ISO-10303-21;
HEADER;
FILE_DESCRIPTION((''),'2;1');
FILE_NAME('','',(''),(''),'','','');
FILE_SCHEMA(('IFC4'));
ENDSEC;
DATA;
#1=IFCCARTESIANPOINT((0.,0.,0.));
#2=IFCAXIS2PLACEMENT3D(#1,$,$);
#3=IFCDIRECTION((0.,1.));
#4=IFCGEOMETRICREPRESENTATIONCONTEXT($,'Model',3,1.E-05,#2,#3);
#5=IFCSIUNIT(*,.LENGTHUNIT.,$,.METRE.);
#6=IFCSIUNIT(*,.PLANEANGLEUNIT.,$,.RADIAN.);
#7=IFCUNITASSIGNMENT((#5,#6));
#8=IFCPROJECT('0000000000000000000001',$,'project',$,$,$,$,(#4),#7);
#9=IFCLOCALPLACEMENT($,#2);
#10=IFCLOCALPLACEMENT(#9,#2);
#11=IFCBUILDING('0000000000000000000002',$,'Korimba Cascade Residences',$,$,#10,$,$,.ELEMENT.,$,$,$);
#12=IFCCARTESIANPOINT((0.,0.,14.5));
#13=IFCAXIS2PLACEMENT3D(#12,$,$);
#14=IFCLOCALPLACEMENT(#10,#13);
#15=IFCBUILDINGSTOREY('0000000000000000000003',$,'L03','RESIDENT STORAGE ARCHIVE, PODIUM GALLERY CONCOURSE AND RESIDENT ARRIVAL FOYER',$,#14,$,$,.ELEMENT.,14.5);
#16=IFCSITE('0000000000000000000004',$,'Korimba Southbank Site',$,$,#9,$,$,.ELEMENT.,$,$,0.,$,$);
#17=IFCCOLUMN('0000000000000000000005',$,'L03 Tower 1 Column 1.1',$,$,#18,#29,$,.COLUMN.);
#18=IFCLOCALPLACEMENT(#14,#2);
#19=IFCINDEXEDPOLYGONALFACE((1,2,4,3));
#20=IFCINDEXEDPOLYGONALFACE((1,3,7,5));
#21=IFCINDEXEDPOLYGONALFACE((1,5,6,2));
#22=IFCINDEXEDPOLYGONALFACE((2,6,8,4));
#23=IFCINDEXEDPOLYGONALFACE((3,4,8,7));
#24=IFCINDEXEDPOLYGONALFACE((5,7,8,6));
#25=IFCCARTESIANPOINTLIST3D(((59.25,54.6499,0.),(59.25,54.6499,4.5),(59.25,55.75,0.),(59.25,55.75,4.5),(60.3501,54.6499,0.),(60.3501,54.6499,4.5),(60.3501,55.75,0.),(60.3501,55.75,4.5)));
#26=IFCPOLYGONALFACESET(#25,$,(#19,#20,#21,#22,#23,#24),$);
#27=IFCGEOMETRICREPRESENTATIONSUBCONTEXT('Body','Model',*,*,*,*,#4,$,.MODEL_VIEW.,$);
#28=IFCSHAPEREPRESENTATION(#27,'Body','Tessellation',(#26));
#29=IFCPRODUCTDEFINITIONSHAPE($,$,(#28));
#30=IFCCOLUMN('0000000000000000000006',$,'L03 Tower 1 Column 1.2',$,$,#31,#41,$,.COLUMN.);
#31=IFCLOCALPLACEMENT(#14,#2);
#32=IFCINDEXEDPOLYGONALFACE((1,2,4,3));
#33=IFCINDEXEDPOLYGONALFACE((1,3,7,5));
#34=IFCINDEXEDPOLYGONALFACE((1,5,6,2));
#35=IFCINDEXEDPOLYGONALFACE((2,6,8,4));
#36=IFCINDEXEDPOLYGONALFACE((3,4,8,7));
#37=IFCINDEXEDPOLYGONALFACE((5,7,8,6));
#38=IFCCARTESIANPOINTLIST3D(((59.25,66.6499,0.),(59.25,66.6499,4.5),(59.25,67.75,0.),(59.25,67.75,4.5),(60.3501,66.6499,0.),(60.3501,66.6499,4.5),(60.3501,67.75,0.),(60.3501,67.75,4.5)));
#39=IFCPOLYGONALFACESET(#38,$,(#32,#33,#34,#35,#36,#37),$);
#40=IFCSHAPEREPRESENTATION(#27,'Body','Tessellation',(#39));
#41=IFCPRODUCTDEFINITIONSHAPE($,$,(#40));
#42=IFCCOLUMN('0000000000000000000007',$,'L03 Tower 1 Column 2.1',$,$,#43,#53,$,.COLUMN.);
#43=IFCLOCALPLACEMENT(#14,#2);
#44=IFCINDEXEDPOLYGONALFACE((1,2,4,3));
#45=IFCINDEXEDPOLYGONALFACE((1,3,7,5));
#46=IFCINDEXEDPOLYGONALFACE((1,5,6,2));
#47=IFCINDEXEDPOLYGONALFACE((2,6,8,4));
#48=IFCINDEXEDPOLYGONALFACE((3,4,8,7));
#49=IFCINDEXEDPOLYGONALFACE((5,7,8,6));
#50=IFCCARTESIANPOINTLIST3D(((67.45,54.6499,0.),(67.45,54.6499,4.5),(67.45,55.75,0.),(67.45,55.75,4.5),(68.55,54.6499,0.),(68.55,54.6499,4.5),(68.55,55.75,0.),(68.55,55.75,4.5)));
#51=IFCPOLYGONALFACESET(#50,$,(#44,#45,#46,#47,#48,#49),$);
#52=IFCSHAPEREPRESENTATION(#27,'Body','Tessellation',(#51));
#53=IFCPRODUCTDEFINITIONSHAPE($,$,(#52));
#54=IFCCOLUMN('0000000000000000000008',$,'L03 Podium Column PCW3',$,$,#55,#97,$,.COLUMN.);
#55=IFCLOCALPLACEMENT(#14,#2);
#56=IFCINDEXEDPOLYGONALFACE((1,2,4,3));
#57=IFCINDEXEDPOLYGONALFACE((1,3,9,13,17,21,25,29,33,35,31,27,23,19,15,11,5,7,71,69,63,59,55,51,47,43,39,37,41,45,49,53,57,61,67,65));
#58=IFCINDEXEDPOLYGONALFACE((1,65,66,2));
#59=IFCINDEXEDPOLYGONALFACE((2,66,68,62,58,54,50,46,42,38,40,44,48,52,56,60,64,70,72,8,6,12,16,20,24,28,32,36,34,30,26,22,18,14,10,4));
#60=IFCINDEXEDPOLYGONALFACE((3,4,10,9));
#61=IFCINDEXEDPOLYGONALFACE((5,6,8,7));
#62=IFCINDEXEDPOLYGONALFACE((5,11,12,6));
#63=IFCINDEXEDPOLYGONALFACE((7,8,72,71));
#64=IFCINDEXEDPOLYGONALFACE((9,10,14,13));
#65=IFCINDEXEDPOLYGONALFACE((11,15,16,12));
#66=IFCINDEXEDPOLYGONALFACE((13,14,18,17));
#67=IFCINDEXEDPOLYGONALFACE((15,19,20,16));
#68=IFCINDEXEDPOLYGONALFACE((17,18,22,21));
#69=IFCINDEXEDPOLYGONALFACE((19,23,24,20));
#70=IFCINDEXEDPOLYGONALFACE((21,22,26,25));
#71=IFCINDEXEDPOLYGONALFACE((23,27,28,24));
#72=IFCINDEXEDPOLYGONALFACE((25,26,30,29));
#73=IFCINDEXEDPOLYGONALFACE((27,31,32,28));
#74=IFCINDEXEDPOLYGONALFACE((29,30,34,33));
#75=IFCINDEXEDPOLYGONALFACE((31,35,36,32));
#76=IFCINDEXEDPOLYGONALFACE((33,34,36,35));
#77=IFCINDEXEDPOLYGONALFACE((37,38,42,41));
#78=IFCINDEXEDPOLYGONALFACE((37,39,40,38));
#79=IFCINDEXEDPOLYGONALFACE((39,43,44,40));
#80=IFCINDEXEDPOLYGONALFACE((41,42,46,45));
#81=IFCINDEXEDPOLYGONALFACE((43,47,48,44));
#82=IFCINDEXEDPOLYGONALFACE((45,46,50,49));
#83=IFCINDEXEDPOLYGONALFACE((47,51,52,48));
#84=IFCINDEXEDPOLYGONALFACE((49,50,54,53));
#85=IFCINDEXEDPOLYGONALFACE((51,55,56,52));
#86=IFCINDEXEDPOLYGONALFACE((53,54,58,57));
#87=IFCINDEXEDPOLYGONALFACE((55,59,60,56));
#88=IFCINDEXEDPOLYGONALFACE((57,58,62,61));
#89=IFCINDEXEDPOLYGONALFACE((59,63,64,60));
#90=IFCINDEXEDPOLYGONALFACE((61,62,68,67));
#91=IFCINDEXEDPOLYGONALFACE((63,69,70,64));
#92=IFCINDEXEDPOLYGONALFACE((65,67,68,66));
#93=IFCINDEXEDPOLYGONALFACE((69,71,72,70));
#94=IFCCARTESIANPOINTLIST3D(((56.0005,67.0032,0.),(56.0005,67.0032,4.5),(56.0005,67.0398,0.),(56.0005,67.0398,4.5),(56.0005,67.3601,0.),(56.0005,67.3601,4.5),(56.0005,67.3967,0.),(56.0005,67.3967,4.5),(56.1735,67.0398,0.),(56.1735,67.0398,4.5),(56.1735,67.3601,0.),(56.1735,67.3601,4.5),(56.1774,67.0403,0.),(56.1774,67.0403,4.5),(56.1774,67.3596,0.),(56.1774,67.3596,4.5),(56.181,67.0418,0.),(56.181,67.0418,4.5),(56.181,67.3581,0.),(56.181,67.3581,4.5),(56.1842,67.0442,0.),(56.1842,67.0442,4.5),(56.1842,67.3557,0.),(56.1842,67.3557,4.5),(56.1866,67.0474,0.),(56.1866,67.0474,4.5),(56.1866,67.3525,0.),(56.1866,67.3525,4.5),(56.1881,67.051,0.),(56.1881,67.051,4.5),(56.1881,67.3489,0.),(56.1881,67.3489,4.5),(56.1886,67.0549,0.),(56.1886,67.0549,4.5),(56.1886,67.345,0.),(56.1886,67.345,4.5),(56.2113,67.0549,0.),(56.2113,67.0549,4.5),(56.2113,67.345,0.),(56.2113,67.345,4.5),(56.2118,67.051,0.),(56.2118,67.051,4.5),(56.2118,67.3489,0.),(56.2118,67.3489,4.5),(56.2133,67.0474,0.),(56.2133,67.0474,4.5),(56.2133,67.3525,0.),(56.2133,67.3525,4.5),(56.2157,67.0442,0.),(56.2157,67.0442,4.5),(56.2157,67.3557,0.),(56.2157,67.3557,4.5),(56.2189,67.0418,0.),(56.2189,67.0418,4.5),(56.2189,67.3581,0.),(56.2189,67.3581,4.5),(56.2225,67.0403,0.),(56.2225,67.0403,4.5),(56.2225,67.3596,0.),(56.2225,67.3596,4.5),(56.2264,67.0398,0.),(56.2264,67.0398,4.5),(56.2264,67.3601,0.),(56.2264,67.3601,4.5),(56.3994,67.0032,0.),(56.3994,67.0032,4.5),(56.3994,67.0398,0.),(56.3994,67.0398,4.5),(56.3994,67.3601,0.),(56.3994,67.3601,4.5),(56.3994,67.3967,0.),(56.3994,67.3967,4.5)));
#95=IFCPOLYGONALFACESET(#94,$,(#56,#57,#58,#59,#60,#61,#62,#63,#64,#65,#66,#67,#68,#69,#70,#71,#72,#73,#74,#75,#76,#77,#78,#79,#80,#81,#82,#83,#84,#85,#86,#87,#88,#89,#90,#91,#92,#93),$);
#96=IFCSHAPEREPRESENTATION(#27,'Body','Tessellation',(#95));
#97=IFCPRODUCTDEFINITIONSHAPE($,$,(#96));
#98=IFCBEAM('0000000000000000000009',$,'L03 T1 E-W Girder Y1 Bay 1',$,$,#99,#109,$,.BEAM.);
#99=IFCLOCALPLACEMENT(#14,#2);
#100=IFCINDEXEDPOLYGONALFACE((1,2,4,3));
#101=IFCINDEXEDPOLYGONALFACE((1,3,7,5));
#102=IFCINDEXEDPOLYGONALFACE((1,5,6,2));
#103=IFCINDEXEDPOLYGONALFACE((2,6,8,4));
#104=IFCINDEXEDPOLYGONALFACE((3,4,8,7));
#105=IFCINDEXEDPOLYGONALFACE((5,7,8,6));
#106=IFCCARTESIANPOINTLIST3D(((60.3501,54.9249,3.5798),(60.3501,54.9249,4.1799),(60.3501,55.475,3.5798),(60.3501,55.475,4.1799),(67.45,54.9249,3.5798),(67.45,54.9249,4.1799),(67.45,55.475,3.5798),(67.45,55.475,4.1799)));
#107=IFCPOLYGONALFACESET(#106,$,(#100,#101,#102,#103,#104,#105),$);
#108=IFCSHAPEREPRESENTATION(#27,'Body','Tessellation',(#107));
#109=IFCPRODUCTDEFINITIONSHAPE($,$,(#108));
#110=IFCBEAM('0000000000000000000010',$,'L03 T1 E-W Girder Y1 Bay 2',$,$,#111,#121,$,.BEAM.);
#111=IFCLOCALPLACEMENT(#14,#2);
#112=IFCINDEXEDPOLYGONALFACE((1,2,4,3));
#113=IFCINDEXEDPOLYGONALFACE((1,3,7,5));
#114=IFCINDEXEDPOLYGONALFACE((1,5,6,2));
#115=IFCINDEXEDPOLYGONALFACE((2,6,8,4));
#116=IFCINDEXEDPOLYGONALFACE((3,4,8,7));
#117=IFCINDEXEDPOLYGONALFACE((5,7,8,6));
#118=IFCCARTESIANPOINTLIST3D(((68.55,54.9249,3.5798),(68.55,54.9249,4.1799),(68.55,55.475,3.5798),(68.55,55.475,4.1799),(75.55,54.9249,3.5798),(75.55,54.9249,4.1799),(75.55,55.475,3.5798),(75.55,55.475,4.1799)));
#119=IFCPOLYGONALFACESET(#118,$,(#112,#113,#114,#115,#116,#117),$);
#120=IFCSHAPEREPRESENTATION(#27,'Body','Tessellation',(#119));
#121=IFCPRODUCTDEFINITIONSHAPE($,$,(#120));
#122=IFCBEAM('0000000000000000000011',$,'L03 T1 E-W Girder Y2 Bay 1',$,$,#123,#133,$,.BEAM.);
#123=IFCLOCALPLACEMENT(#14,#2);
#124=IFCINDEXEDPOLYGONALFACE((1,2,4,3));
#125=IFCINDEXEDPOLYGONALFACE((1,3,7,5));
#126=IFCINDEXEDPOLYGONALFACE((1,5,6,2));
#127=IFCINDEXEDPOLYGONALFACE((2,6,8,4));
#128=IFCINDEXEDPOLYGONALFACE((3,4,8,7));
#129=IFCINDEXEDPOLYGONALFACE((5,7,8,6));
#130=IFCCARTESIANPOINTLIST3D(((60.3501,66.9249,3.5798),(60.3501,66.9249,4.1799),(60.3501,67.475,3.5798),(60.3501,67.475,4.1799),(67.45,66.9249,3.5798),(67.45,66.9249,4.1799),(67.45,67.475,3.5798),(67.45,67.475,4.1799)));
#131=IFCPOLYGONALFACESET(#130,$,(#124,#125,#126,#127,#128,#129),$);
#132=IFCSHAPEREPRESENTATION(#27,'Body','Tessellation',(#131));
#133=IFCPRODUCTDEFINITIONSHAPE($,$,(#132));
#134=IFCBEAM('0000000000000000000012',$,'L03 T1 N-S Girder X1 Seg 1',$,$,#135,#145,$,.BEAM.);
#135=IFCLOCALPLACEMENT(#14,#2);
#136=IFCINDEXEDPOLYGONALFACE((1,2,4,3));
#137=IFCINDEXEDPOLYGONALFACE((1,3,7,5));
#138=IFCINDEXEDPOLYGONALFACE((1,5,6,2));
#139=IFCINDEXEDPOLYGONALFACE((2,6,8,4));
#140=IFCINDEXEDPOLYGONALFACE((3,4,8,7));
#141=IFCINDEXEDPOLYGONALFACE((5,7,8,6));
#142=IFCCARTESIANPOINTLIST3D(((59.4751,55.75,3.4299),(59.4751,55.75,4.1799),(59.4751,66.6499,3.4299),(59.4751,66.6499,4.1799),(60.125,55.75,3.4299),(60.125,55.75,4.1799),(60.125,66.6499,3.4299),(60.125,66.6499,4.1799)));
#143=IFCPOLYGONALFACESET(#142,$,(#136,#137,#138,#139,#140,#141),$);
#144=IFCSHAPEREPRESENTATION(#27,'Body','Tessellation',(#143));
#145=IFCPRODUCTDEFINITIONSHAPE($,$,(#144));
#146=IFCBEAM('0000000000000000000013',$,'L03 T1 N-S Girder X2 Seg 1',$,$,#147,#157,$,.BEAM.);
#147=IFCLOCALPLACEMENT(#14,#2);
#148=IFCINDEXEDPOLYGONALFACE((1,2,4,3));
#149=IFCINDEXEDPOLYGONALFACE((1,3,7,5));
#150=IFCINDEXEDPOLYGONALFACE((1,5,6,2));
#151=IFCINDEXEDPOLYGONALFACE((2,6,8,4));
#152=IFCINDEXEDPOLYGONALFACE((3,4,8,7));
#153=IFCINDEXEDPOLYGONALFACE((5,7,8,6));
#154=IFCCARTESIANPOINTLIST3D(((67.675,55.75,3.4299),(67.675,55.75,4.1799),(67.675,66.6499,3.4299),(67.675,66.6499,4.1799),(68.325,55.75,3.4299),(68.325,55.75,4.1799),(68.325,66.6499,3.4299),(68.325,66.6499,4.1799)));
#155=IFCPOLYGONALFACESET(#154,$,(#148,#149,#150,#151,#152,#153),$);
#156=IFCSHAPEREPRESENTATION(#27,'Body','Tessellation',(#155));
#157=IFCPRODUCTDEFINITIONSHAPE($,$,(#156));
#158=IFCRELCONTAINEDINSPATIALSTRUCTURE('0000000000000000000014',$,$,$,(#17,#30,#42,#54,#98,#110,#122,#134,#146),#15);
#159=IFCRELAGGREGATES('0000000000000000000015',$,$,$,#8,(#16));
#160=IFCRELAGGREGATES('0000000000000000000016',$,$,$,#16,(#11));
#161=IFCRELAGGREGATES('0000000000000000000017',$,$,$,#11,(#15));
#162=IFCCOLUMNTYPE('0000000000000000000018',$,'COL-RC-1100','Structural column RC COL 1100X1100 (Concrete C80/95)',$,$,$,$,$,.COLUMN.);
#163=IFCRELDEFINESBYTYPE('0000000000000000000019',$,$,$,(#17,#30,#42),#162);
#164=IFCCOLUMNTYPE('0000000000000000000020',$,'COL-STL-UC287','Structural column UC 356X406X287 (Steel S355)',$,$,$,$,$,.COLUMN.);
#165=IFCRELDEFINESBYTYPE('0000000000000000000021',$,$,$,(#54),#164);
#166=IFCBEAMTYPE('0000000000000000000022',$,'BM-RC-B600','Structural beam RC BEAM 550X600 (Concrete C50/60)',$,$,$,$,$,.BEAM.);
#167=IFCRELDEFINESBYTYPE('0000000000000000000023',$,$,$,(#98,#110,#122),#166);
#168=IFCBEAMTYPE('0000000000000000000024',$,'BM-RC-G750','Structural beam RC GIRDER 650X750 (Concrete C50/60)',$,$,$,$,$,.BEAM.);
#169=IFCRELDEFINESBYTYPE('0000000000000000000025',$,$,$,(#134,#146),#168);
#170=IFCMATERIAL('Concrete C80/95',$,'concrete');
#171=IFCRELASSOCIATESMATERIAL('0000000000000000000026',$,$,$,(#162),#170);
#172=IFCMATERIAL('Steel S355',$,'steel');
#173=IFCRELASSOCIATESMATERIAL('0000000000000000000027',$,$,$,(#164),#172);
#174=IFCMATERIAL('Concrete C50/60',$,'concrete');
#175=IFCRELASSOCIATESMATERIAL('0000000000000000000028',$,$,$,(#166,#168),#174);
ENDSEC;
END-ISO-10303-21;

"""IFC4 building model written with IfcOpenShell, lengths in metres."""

from ifc_helpers import new_model, si_unit, direction, frame, origin, origin_2d, place, context, subcontext, project, spatial, rectangle, i_section, extrude, material, material_profile, profile_set, type_object, element, save


model = new_model("IFC4")

# Units and contexts
model_context = context("Model", 3, precision=1e-05, world=origin(), true_north=direction((0.0, 1.0)))
body_context = subcontext(model_context, "Body", "Model", "MODEL_VIEW")
ifc_project = project(units=[si_unit("LENGTHUNIT", "METRE"), si_unit("PLANEANGLEUNIT", "RADIAN")], contexts=[model_context])

# Site, building, storey
site_placement = place(None, origin())
site = spatial("IfcSite", under=ifc_project, at=site_placement, Name="Korimba Southbank Site", CompositionType="ELEMENT", RefElevation=0.0)
building_placement = place(site_placement, origin())
building = spatial("IfcBuilding", under=site, at=building_placement, Name="Korimba Cascade Residences", CompositionType="ELEMENT")
storey_placement = place(building_placement, frame((0.0, 0.0, 14.5)))
storey = spatial("IfcBuildingStorey", under=building, at=storey_placement, Name="L03", Description="RESIDENT STORAGE ARCHIVE, PODIUM GALLERY CONCOURSE AND RESIDENT ARRIVAL FOYER", CompositionType="ELEMENT", Elevation=14.5)

# Columns
ifc_material_1 = material(Name="Concrete C80/95", Category="concrete")
ifc_material_profile_1 = material_profile(ifc_material_1, rectangle(XDim=1.1001, YDim=1.1001, at=origin_2d()), Name="Concrete C80/95")
ifc_profile_set_1 = profile_set([ifc_material_profile_1], Name="Concrete C80/95")
column_type_1 = type_object("IfcColumnType", Name="COL-RC-1100", Description="Structural column RC COL 1100X1100 (Concrete C80/95)", PredefinedType="COLUMN", material=ifc_profile_set_1)
for number, where, z_axis, x_axis, name in (
    (1, (59.8, 55.2, 0.0), (0.0, 0.0, 1.0), (1.0, 0.0, 0.0), "L03 Tower 1 Column 1.1"),
    (2, (59.8, 67.2, 0.0), (0.0, 0.0, 1.0), (1.0, 0.0, 0.0), "L03 Tower 1 Column 1.2"),
    (3, (68.0, 55.2, 0.0), (0.0, 0.0, 1.0), (1.0, 0.0, 0.0), "L03 Tower 1 Column 2.1"),
):
    element("IfcColumn", number, at=place(storey_placement, frame(where, z_axis=z_axis, x_axis=x_axis)), inside=storey, type_object=column_type_1, Name=name, PredefinedType="COLUMN", context=body_context, shape_type="SweptSolid", body=[
        extrude(rectangle(XDim=1.1001, YDim=1.1001, at=origin_2d()), origin(), (0.0, 0.0, 1.0), 4.5),
    ])
ifc_material_2 = material(Name="Steel S355", Category="steel")
ifc_material_profile_2 = material_profile(ifc_material_2, i_section(OverallWidth=0.3989, OverallDepth=0.3936, WebThickness=0.0227, FlangeThickness=0.0366, FilletRadius=0.0151, at=origin_2d()), Name="Steel S355")
ifc_profile_set_2 = profile_set([ifc_material_profile_2], Name="Steel S355")
column_type_2 = type_object("IfcColumnType", Name="COL-STL-UC287", Description="Structural column UC 356X406X287 (Steel S355)", PredefinedType="COLUMN", material=ifc_profile_set_2)
column_placement = place(storey_placement, frame((56.2, 67.2, 0.0), z_axis=(0.0, 0.0, 1.0), x_axis=(1.0, 0.0, 0.0)))
element("IfcColumn", 4, at=column_placement, inside=storey, type_object=column_type_2, Name="L03 Podium Column PCW3", PredefinedType="COLUMN", context=body_context, shape_type="SweptSolid", body=[
    extrude(i_section(OverallWidth=0.3989, OverallDepth=0.3936, WebThickness=0.0227, FlangeThickness=0.0366, FilletRadius=0.0151, at=origin_2d()), origin(), (0.0, 0.0, 1.0), 4.5),
])

# Beams
ifc_material_3 = material(Name="Concrete C50/60", Category="concrete")
ifc_material_profile_3 = material_profile(ifc_material_3, rectangle(XDim=0.55, YDim=0.6001, at=origin_2d()), Name="Concrete C50/60")
ifc_profile_set_3 = profile_set([ifc_material_profile_3], Name="Concrete C50/60")
beam_type_1 = type_object("IfcBeamType", Name="BM-RC-B600", Description="Structural beam RC BEAM 550X600 (Concrete C50/60)", PredefinedType="BEAM", material=ifc_profile_set_3)
beam_1_placement = place(storey_placement, frame((60.3501, 55.2, 3.8799), z_axis=(1.0, 0.0, 0.0), x_axis=(0.0, 1.0, 0.0)))
element("IfcBeam", 5, at=beam_1_placement, inside=storey, type_object=beam_type_1, Name="L03 T1 E-W Girder Y1 Bay 1", PredefinedType="BEAM", context=body_context, shape_type="SweptSolid", body=[
    extrude(rectangle(XDim=0.55, YDim=0.6001, at=origin_2d()), origin(), (0.0, 0.0, 1.0), 7.0999),
])
beam_2_placement = place(storey_placement, frame((68.55, 55.2, 3.8799), z_axis=(1.0, 0.0, 0.0), x_axis=(0.0, 1.0, 0.0)))
element("IfcBeam", 6, at=beam_2_placement, inside=storey, type_object=beam_type_1, Name="L03 T1 E-W Girder Y1 Bay 2", PredefinedType="BEAM", context=body_context, shape_type="SweptSolid", body=[
    extrude(rectangle(XDim=0.55, YDim=0.6001, at=origin_2d()), origin(), (0.0, 0.0, 1.0), 7.0),
])
beam_3_placement = place(storey_placement, frame((60.3501, 67.2, 3.8799), z_axis=(1.0, 0.0, 0.0), x_axis=(0.0, 1.0, 0.0)))
element("IfcBeam", 7, at=beam_3_placement, inside=storey, type_object=beam_type_1, Name="L03 T1 E-W Girder Y2 Bay 1", PredefinedType="BEAM", context=body_context, shape_type="SweptSolid", body=[
    extrude(rectangle(XDim=0.55, YDim=0.6001, at=origin_2d()), origin(), (0.0, 0.0, 1.0), 7.0999),
])
ifc_material_profile_4 = material_profile(ifc_material_3, rectangle(XDim=0.6499, YDim=0.75, at=origin_2d()), Name="Concrete C50/60")
ifc_profile_set_4 = profile_set([ifc_material_profile_4], Name="Concrete C50/60")
beam_type_2 = type_object("IfcBeamType", Name="BM-RC-G750", Description="Structural beam RC GIRDER 650X750 (Concrete C50/60)", PredefinedType="BEAM", material=ifc_profile_set_4)
for number, where, z_axis, x_axis, name in (
    (8, (59.8, 55.75, 3.8049), (0.0, 1.0, 0.0), (-1.0, 0.0, 0.0), "L03 T1 N-S Girder X1 Seg 1"),
    (9, (68.0, 55.75, 3.8049), (0.0, 1.0, 0.0), (-1.0, 0.0, 0.0), "L03 T1 N-S Girder X2 Seg 1"),
):
    element("IfcBeam", number, at=place(storey_placement, frame(where, z_axis=z_axis, x_axis=x_axis)), inside=storey, type_object=beam_type_2, Name=name, PredefinedType="BEAM", context=body_context, shape_type="SweptSolid", body=[
        extrude(rectangle(XDim=0.6499, YDim=0.75, at=origin_2d()), origin(), (0.0, 0.0, 1.0), 10.8999),
    ])

save(model, "model.ifc")
